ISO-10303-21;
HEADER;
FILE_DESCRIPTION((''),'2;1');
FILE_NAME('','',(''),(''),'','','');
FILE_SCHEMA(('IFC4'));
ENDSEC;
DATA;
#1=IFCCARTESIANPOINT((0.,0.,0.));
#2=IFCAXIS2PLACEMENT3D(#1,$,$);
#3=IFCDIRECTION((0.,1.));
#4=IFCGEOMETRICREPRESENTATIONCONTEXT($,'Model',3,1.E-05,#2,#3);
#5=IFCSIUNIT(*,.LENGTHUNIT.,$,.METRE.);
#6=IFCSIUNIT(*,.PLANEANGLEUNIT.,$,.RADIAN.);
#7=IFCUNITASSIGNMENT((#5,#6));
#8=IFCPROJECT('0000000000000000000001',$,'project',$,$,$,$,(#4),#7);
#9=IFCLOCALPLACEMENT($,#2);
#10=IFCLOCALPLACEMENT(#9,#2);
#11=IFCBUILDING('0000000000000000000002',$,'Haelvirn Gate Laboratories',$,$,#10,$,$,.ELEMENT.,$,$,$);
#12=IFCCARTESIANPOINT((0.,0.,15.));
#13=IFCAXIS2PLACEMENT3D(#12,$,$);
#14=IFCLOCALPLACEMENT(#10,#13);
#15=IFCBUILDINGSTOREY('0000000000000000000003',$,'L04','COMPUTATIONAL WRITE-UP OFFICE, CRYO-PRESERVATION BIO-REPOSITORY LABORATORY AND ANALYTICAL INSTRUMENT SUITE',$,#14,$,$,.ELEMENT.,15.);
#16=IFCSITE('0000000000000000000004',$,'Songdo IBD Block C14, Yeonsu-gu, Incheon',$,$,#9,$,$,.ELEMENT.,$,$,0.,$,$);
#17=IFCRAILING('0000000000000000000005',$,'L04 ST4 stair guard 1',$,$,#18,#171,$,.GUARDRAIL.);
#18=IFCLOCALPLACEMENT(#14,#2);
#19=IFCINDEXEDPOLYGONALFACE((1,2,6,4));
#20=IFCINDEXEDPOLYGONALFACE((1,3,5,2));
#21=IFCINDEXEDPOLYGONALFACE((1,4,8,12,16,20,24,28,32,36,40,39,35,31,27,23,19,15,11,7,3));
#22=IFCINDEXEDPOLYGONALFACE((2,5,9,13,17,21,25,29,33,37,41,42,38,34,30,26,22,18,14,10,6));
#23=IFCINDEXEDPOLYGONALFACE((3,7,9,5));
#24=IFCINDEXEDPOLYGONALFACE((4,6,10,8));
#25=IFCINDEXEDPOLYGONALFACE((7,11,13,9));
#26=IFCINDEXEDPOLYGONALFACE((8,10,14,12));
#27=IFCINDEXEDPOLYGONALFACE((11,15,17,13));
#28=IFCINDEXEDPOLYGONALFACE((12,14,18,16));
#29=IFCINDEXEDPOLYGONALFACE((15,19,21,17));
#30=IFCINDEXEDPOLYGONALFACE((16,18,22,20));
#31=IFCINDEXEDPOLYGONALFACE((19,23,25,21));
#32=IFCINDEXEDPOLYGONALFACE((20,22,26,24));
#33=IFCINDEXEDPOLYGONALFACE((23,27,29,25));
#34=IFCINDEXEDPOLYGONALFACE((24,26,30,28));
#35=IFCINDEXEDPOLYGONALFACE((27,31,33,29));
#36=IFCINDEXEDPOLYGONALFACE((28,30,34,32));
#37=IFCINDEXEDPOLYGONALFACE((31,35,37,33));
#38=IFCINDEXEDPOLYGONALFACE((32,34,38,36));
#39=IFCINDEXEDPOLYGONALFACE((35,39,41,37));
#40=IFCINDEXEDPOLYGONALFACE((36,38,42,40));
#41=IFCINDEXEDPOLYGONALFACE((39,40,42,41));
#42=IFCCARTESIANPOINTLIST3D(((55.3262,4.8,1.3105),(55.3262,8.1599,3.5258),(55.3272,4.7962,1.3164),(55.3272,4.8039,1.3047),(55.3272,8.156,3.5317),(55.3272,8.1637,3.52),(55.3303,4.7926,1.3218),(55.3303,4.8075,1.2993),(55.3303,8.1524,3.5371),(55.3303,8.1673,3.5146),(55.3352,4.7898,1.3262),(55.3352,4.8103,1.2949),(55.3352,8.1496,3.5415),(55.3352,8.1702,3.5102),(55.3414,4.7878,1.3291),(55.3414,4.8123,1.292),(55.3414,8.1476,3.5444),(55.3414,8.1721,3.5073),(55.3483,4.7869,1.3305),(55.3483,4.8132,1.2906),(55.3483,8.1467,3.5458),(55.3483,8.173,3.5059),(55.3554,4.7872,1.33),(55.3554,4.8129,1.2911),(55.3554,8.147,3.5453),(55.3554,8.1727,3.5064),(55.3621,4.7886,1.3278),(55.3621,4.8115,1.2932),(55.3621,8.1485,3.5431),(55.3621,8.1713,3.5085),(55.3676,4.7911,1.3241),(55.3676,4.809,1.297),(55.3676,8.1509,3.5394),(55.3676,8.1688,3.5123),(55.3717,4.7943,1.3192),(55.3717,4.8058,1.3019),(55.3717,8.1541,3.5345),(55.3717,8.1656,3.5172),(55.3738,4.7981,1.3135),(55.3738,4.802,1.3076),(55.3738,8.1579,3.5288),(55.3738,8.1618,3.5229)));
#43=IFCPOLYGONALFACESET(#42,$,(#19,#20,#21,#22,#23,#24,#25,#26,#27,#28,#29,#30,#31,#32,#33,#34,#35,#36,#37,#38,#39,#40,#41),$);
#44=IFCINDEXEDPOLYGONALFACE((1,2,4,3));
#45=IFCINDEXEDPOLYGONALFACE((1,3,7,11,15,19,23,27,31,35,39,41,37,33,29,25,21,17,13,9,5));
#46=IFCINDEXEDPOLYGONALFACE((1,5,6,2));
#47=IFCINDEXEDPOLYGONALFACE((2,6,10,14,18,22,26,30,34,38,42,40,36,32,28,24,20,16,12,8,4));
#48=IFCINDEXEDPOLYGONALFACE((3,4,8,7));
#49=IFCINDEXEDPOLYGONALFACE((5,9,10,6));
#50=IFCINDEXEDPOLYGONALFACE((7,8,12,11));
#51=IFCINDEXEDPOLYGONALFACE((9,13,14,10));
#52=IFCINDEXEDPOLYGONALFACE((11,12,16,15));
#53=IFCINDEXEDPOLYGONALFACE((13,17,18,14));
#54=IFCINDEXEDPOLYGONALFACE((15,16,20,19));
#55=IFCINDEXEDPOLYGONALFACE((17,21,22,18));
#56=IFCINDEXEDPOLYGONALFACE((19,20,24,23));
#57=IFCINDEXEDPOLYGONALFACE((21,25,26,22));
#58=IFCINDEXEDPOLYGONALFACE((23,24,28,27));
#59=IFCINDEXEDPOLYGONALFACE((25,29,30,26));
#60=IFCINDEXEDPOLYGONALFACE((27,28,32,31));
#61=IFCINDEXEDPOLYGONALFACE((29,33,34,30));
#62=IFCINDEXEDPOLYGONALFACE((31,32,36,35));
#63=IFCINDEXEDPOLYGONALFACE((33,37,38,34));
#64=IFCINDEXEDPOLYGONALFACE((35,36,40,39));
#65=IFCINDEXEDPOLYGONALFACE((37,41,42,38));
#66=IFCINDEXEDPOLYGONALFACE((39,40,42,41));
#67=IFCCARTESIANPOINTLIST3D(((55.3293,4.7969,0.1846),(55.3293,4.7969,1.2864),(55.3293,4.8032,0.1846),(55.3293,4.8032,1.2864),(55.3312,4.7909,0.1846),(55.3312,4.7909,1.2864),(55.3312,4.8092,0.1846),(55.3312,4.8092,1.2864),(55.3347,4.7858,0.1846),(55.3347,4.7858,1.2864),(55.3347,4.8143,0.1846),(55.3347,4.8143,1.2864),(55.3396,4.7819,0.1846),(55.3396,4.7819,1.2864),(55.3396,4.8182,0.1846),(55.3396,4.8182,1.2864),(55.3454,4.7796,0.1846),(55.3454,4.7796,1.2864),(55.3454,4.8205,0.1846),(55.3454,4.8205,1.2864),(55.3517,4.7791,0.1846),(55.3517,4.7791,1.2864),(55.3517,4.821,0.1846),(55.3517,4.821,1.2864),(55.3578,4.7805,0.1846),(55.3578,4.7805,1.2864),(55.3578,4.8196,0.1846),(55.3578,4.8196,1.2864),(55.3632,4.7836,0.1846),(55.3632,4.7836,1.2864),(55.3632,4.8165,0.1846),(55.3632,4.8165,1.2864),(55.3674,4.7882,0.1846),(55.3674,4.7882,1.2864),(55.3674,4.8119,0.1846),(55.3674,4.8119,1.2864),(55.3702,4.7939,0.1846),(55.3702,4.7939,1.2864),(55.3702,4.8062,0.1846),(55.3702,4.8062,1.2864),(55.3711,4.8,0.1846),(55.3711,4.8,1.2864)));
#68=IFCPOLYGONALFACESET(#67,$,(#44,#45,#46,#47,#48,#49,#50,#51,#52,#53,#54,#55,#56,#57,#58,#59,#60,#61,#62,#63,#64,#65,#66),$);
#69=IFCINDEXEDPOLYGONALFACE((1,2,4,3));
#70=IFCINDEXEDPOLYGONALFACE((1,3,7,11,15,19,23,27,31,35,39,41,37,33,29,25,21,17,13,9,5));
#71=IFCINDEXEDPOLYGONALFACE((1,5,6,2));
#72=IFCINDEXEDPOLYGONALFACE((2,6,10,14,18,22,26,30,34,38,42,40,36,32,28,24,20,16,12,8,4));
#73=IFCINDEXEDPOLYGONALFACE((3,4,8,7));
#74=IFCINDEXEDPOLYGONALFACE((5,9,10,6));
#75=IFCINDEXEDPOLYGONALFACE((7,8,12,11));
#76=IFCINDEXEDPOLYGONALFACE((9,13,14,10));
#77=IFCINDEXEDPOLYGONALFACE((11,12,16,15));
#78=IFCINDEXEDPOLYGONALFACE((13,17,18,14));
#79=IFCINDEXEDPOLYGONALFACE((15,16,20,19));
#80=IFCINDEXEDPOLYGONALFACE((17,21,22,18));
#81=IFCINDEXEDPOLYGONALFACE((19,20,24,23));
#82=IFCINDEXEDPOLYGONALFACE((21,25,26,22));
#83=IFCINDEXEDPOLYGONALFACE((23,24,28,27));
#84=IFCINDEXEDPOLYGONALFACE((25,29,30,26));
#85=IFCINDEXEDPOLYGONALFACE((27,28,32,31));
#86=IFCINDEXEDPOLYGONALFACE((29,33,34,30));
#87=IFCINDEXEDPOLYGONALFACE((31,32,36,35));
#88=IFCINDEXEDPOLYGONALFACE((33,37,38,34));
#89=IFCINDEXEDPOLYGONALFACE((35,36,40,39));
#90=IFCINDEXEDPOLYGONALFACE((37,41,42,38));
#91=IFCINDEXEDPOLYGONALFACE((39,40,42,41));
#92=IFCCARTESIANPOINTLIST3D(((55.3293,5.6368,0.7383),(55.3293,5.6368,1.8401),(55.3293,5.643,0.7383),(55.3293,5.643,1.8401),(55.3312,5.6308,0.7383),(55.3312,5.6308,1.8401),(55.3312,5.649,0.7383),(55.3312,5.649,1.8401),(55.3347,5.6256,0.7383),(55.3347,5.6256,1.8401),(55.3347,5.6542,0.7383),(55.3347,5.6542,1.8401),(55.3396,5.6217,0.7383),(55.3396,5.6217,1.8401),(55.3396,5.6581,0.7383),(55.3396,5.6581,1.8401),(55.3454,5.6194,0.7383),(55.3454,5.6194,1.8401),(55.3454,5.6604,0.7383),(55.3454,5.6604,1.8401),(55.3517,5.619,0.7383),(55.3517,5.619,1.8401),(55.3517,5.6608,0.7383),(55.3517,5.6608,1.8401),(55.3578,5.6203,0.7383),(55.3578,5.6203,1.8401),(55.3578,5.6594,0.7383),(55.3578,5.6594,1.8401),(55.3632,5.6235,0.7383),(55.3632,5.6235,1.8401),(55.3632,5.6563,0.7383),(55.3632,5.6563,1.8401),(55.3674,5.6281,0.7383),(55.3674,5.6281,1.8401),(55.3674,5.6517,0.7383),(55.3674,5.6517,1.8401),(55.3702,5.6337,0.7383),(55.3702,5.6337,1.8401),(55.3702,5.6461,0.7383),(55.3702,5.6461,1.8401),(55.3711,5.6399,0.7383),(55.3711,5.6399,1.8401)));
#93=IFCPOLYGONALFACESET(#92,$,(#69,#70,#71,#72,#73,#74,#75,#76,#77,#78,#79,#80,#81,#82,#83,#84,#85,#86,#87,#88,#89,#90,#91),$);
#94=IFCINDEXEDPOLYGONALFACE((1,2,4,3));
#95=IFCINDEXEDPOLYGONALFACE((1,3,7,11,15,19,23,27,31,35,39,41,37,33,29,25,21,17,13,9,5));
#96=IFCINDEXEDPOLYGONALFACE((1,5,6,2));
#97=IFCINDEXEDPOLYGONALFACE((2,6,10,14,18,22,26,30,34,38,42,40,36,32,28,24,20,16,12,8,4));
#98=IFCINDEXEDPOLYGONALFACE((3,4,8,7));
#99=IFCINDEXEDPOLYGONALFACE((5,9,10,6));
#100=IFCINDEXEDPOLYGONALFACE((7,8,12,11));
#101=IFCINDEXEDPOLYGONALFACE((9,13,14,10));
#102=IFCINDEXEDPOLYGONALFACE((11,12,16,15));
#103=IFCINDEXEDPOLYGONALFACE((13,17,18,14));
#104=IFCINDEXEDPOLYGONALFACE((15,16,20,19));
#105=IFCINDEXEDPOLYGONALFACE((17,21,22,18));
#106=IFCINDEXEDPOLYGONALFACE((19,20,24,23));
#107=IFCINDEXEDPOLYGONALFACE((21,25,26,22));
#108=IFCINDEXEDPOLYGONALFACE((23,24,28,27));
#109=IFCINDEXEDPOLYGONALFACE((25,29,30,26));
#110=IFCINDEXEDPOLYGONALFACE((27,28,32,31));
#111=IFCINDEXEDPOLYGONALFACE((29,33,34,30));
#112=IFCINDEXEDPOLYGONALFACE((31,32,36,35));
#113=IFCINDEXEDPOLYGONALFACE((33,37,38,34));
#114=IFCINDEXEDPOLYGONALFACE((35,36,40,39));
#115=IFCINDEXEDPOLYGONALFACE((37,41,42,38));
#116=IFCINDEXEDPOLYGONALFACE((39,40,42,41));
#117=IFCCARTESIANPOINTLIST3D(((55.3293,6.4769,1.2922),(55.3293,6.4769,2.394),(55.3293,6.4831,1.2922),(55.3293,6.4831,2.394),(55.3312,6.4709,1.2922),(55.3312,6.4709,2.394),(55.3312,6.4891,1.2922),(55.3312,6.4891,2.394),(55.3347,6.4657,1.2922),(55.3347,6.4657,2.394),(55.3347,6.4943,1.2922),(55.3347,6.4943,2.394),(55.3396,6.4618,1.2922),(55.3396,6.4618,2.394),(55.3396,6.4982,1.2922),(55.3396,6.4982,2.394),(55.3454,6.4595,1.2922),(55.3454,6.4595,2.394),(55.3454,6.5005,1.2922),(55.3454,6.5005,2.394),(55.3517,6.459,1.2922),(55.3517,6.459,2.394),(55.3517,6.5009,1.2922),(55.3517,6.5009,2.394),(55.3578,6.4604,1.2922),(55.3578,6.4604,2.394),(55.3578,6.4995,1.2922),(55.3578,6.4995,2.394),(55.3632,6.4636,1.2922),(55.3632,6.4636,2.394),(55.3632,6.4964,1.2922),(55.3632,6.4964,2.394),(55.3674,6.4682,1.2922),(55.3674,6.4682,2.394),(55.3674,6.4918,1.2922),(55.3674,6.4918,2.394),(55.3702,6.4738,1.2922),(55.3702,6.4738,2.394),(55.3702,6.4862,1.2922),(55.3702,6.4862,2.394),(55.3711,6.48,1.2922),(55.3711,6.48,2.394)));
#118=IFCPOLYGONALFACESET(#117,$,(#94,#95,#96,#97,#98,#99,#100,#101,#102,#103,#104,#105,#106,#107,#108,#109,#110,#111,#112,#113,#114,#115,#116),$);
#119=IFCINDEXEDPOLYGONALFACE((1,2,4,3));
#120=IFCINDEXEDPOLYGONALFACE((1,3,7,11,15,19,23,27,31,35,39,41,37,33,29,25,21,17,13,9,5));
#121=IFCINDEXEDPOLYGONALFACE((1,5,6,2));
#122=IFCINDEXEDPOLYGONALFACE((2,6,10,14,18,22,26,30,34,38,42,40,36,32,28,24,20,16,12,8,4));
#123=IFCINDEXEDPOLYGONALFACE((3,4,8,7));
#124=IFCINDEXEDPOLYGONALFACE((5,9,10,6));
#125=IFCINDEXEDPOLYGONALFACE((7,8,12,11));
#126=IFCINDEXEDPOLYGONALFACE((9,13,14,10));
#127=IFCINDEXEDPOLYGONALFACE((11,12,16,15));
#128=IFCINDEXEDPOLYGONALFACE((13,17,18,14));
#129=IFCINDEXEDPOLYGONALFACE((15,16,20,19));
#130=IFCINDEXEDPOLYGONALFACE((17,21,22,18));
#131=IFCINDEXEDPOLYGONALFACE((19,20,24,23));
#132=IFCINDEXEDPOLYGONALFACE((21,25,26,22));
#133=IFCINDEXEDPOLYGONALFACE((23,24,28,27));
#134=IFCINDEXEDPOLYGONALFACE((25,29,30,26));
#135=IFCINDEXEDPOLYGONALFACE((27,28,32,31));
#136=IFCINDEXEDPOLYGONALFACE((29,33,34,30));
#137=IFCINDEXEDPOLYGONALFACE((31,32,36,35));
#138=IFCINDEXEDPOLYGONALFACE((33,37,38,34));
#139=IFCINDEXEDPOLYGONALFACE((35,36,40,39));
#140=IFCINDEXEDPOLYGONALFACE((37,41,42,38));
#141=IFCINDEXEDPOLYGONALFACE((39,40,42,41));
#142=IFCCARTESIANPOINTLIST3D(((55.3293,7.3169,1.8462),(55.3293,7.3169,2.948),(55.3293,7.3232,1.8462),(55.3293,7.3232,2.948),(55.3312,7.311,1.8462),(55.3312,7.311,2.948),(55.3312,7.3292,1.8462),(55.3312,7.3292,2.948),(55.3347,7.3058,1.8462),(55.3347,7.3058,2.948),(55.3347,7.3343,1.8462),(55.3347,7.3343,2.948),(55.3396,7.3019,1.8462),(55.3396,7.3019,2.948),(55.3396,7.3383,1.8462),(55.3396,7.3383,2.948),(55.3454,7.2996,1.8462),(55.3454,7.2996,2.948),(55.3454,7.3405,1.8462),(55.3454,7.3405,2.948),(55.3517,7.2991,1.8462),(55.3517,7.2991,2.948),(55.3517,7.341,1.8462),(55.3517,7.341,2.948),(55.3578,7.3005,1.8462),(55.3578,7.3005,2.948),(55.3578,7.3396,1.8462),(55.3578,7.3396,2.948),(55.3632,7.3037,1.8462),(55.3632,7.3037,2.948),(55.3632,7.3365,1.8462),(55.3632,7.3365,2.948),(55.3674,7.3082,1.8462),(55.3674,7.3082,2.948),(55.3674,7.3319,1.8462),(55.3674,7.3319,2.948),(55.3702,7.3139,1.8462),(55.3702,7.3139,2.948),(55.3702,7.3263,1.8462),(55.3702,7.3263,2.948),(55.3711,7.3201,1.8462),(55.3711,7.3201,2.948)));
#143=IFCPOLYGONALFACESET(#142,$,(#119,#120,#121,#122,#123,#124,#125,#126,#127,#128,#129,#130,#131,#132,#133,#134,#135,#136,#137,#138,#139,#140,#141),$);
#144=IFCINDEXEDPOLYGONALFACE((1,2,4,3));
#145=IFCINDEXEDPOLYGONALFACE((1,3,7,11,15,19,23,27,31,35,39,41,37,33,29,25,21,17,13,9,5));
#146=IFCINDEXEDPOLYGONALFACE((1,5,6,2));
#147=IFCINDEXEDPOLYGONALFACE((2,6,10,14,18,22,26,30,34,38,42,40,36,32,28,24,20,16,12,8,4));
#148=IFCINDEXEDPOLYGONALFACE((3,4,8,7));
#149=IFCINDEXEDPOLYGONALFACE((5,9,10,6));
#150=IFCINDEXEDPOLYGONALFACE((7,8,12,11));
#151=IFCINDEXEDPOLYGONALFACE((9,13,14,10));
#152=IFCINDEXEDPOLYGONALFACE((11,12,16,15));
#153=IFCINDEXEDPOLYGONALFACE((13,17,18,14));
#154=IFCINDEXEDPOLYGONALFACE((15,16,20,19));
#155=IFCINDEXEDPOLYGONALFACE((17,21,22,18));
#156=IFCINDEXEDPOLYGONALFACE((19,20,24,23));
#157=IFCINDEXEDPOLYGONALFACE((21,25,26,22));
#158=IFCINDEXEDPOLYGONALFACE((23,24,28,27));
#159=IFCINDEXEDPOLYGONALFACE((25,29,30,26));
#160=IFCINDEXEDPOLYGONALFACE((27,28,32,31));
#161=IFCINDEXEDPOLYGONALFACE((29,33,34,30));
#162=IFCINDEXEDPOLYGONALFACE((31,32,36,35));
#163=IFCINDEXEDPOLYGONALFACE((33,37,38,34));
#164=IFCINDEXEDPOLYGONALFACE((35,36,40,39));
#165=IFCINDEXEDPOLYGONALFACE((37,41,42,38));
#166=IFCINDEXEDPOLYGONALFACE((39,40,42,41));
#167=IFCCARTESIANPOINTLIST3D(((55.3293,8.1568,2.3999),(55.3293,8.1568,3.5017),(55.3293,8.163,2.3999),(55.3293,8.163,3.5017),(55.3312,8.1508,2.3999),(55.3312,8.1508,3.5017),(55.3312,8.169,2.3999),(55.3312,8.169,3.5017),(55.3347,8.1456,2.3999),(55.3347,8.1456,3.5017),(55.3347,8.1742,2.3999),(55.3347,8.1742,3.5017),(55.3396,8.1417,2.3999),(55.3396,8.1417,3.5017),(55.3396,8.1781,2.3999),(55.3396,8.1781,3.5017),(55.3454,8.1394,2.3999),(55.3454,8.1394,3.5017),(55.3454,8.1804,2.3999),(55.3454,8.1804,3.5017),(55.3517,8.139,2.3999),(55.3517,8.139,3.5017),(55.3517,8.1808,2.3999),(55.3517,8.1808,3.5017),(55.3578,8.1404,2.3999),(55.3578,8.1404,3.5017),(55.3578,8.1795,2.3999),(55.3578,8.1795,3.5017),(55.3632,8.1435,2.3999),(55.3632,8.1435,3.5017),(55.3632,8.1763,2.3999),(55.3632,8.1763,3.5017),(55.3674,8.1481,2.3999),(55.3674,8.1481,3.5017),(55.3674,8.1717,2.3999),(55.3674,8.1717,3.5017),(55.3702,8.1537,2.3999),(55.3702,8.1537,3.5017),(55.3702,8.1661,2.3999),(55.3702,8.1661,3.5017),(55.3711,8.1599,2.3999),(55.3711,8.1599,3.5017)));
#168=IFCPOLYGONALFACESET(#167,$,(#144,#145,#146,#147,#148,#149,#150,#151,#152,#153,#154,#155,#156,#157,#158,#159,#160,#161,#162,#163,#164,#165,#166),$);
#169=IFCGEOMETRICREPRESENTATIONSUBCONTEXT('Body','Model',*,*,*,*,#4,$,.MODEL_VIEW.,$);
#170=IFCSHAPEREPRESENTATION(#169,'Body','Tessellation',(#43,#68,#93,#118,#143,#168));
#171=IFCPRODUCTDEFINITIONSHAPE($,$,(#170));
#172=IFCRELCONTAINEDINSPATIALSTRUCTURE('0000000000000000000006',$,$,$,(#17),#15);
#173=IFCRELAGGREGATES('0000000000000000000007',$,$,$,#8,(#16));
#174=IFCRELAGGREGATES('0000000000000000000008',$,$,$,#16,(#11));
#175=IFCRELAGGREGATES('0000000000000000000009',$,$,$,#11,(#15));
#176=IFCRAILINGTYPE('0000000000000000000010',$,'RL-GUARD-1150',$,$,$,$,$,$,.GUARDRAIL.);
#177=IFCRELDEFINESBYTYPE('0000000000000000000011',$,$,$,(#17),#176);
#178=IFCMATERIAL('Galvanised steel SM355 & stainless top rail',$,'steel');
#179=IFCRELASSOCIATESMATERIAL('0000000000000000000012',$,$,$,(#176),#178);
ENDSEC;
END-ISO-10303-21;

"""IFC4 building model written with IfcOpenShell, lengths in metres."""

from ifc_helpers import new_model, si_unit, direction, frame, origin, origin_2d, place, context, subcontext, project, spatial, circle, extrude, source, transform, mapped, material, type_object, element, save


model = new_model("IFC4")

# Units and contexts
model_context = context("Model", 3, precision=1e-05, world=origin(), true_north=direction((0.0, 1.0)))
body_context = subcontext(model_context, "Body", "Model", "MODEL_VIEW")
ifc_project = project(units=[si_unit("LENGTHUNIT", "METRE"), si_unit("PLANEANGLEUNIT", "RADIAN")], contexts=[model_context])

# Site, building, storey
site_placement = place(None, origin())
site = spatial("IfcSite", under=ifc_project, at=site_placement, Name="Songdo IBD Block C14, Yeonsu-gu, Incheon", CompositionType="ELEMENT", RefElevation=0.0)
building_placement = place(site_placement, origin())
building = spatial("IfcBuilding", under=site, at=building_placement, Name="Haelvirn Gate Laboratories", CompositionType="ELEMENT")
storey_placement = place(building_placement, frame((0.0, 0.0, 15.0)))
storey = spatial("IfcBuildingStorey", under=building, at=storey_placement, Name="L04", Description="COMPUTATIONAL WRITE-UP OFFICE, CRYO-PRESERVATION BIO-REPOSITORY LABORATORY AND ANALYTICAL INSTRUMENT SUITE", CompositionType="ELEMENT", Elevation=15.0)

# Railing
ifc_material_1 = material(Name="Galvanised steel SM355 & stainless top rail", Category="steel")
railing_type_1 = type_object("IfcRailingType", Name="RL-GUARD-1150", PredefinedType="GUARDRAIL", material=ifc_material_1)
shared_shape_1 = source(origin(), body_context, "Body", "SweptSolid", [
    extrude(circle(Radius=0.0239, at=origin_2d()), frame((0.0, 0.0, 1.126), z_axis=(0.0, 0.834858, 0.550465), x_axis=(-1.0, 0.0, 0.0)), (0.0, 0.0, 1.0), 4.0244),
    extrude(circle(Radius=0.021, at=origin_2d()), origin(), (0.0, 0.0, 1.0), 1.1018),
    extrude(circle(Radius=0.021, at=origin_2d()), frame((0.0, 0.8398, 0.5537)), (0.0, 0.0, 1.0), 1.1018),
    extrude(circle(Radius=0.021, at=origin_2d()), frame((0.0, 1.6799, 1.1077)), (0.0, 0.0, 1.0), 1.1018),
    extrude(circle(Radius=0.021, at=origin_2d()), frame((0.0, 2.52, 1.6616)), (0.0, 0.0, 1.0), 1.1018),
    extrude(circle(Radius=0.021, at=origin_2d()), frame((0.0, 3.3599, 2.2153)), (0.0, 0.0, 1.0), 1.1018),
])
railing_1_placement = place(storey_placement, frame((55.3501, 4.8, 0.1846)))
element("IfcRailing", 1, at=railing_1_placement, inside=storey, type_object=railing_type_1, Name="L04 ST4 stair guard 1", PredefinedType="GUARDRAIL", context=body_context, shape_type="MappedRepresentation", body=[
    mapped(shared_shape_1, transform((0.0, 0.0, 0.0), scale=1.0)),
])

save(model, "model.ifc")
